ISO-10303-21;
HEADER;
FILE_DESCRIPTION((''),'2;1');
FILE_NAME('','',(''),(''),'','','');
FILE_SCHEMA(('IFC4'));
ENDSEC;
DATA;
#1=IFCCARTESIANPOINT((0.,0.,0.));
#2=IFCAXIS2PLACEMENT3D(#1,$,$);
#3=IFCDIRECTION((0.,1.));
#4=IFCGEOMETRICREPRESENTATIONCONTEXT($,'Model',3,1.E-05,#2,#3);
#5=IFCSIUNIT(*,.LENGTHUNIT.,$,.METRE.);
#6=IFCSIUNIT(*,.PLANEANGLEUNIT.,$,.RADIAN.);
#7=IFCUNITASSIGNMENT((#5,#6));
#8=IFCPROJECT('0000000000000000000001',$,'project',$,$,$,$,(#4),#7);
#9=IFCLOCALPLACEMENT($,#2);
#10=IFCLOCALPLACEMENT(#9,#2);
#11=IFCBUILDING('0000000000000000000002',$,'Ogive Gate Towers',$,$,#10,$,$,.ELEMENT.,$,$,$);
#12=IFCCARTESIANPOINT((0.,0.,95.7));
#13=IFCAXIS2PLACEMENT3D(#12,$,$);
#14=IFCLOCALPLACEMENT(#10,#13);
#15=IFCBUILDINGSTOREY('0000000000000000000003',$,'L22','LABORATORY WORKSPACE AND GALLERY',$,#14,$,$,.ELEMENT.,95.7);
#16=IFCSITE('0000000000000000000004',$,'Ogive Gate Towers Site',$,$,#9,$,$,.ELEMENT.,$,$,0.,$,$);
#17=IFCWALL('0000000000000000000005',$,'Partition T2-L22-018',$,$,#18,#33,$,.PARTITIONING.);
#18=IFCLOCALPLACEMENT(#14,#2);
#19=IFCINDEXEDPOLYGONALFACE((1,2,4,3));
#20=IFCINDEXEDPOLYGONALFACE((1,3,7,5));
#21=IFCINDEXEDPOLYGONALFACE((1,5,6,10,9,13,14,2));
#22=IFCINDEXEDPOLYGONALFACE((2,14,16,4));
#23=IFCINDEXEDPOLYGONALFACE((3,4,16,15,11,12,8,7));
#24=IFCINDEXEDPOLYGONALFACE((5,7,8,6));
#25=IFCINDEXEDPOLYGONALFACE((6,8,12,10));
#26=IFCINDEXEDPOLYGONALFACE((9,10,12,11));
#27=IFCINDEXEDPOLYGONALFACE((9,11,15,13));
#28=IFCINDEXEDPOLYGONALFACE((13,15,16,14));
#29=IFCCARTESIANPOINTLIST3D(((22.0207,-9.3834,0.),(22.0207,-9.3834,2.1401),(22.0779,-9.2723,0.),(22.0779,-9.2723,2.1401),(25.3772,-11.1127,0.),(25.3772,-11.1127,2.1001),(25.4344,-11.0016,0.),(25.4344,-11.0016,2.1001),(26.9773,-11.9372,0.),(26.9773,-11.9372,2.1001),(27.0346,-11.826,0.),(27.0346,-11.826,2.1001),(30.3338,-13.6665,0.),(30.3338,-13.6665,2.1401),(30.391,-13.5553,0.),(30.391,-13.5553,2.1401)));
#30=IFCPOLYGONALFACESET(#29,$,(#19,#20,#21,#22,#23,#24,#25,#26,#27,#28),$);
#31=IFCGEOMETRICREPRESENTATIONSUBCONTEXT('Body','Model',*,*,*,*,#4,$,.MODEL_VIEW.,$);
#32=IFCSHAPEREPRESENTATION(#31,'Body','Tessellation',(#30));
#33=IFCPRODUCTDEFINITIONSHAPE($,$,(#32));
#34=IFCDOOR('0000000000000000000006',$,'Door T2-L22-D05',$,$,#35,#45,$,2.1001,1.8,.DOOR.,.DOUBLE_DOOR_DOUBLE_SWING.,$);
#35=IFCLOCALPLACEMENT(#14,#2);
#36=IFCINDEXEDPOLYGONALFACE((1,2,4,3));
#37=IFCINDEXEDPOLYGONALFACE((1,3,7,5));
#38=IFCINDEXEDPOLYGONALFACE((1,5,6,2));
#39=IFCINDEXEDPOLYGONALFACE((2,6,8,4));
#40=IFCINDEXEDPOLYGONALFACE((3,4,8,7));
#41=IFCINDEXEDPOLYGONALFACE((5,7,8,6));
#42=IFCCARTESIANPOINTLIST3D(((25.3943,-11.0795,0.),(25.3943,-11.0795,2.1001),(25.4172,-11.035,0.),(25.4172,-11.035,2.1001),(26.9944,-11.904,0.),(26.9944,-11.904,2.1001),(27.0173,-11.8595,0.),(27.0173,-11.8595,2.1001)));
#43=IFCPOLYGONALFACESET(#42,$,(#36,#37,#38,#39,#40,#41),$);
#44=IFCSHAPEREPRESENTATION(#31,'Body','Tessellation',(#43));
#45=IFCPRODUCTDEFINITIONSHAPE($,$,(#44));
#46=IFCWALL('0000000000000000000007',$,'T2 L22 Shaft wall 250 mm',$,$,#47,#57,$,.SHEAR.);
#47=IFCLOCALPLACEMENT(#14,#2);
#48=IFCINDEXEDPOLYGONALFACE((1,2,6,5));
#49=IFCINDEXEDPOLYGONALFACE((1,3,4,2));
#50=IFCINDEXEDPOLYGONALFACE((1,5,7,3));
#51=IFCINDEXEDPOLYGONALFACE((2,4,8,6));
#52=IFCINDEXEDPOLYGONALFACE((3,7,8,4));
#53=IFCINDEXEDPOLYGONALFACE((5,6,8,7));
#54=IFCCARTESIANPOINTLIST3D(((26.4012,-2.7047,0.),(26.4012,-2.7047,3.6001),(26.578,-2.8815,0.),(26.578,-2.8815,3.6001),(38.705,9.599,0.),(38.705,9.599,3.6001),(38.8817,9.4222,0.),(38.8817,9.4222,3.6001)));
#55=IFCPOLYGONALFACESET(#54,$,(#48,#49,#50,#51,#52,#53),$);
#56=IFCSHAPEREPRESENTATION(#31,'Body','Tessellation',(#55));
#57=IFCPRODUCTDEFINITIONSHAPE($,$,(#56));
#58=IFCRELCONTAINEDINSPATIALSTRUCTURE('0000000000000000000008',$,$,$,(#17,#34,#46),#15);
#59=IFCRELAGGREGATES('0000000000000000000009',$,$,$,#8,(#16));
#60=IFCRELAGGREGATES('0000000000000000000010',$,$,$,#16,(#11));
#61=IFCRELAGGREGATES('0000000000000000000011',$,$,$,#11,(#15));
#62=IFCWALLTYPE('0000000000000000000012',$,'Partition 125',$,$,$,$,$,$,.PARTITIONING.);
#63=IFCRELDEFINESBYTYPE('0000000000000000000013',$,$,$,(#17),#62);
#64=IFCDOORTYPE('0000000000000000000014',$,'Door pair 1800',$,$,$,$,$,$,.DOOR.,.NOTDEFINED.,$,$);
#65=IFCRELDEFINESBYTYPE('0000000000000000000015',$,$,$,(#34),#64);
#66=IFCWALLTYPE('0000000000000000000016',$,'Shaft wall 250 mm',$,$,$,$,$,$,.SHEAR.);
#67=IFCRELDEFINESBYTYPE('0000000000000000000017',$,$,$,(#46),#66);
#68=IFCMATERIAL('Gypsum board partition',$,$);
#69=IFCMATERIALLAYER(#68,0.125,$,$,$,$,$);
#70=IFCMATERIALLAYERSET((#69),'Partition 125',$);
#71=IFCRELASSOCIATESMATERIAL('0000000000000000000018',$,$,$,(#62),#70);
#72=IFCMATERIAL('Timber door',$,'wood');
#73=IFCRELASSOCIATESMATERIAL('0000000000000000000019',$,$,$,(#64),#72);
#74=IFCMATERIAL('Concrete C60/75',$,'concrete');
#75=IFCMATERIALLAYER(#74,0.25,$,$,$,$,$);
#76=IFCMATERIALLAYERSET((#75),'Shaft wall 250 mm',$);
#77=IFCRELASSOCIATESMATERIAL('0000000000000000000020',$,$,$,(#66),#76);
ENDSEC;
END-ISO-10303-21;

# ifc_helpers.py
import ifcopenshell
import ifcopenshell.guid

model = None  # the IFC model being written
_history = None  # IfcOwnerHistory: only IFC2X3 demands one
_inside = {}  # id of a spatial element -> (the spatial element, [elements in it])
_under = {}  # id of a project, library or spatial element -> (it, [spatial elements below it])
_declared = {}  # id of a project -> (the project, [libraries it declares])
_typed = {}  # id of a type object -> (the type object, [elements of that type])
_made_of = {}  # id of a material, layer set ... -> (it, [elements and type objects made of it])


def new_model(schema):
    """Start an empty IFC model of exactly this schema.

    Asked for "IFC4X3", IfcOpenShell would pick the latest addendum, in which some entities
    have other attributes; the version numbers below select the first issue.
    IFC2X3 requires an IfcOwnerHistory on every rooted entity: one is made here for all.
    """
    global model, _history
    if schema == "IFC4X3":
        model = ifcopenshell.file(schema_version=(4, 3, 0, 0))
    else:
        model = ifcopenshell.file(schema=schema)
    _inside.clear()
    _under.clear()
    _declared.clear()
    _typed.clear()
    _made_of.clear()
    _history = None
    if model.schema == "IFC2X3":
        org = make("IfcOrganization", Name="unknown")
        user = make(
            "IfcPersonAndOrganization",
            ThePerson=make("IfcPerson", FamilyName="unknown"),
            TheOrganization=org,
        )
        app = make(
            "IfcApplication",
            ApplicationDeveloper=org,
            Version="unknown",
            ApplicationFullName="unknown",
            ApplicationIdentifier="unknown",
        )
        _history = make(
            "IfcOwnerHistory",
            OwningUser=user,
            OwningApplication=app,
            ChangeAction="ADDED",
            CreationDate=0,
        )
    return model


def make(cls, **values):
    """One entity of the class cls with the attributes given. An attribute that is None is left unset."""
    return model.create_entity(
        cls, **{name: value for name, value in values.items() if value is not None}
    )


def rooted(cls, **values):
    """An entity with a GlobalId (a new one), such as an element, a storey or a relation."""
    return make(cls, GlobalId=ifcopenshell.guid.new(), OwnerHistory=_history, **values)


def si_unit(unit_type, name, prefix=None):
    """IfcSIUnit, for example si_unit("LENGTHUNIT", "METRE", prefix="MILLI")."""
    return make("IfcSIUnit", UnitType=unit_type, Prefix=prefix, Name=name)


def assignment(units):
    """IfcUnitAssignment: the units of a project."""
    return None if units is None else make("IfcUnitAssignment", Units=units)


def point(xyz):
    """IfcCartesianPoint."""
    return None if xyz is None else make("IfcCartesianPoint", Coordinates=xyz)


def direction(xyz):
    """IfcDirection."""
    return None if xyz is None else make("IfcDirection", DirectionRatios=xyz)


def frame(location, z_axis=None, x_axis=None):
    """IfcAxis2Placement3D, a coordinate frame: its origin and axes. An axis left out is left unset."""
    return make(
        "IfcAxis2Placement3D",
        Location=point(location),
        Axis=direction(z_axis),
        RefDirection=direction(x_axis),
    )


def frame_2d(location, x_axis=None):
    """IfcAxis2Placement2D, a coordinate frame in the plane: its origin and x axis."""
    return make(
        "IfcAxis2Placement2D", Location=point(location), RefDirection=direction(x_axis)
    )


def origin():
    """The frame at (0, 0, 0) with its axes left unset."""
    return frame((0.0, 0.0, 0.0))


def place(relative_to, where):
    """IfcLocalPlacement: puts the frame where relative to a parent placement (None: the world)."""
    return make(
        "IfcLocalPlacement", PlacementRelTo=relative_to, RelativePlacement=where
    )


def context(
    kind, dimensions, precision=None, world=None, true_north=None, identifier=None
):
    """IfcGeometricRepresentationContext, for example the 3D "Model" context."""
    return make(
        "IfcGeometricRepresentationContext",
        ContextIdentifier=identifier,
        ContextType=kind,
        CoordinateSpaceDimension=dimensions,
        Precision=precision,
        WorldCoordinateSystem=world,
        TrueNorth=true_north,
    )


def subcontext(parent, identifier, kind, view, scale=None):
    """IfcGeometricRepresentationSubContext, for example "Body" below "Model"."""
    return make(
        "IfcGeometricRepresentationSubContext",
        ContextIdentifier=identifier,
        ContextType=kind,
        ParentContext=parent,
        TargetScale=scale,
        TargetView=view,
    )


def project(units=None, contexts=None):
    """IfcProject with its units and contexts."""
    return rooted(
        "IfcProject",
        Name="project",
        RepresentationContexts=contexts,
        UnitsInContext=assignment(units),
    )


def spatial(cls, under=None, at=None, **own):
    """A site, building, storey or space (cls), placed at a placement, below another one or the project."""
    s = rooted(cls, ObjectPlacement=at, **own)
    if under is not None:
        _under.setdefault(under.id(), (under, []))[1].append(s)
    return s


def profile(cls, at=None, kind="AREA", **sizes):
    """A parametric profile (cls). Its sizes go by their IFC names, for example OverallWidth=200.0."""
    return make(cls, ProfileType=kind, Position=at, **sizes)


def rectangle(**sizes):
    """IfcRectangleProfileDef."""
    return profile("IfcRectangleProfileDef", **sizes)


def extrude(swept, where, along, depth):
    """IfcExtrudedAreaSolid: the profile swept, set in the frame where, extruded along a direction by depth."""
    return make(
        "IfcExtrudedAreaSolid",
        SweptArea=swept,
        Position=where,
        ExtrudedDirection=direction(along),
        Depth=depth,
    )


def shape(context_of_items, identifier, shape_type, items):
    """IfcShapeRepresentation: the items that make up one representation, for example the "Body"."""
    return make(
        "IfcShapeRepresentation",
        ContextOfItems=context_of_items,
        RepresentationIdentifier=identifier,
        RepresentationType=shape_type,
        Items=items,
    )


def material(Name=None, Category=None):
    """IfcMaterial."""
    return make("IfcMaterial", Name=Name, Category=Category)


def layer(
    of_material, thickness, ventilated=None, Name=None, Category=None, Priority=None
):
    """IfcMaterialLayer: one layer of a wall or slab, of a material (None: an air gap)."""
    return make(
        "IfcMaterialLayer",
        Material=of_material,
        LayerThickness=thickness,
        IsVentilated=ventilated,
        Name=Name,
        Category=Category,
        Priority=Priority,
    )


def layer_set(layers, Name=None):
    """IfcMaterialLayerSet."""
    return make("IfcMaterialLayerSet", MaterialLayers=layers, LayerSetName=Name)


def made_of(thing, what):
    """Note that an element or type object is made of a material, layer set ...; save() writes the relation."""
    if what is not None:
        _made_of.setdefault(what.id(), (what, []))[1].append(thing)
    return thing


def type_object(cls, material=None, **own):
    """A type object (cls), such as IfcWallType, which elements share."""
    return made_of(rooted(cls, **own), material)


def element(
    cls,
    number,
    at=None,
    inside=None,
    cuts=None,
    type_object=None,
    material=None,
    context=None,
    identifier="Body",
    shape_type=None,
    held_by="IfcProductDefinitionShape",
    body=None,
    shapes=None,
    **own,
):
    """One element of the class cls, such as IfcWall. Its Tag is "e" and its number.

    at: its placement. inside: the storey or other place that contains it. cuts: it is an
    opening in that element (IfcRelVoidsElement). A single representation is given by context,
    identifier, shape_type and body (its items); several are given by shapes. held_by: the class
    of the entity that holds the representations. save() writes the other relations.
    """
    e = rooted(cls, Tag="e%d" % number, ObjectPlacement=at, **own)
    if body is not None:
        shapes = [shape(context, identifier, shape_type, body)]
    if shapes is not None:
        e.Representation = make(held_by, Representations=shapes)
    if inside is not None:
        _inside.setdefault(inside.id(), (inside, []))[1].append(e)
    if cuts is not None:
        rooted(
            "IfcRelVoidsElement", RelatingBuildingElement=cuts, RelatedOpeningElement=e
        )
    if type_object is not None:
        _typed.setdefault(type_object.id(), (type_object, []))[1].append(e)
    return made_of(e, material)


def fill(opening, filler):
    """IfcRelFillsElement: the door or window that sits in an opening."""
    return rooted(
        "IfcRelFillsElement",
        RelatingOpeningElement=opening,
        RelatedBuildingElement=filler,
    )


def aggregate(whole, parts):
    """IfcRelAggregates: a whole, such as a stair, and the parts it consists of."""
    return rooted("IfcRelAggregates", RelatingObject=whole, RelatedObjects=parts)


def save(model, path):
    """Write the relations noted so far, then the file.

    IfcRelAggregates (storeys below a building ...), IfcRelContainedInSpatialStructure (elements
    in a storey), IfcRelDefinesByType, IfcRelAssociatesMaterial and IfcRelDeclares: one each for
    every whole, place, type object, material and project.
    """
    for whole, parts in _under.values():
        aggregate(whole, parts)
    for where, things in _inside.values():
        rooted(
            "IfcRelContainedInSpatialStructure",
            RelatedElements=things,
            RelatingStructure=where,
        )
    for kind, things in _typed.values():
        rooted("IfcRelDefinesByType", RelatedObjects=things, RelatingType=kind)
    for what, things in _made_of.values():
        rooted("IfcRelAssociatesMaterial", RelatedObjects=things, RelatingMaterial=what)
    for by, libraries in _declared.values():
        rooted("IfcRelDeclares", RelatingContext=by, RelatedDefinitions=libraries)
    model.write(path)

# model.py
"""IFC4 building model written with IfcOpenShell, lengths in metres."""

from ifc_helpers import new_model, si_unit, direction, frame, frame_2d, origin, place, context, subcontext, project, spatial, rectangle, extrude, material, layer, layer_set, type_object, element, fill, save


model = new_model("IFC4")

# Units and contexts
model_context = context("Model", 3, precision=1e-05, world=origin(), true_north=direction((0.0, 1.0)))
body_context = subcontext(model_context, "Body", "Model", "MODEL_VIEW")
ifc_project = project(units=[si_unit("LENGTHUNIT", "METRE"), si_unit("PLANEANGLEUNIT", "RADIAN")], contexts=[model_context])

# Site, building, storey
site_placement = place(None, origin())
site = spatial("IfcSite", under=ifc_project, at=site_placement, Name="Ogive Gate Towers Site", CompositionType="ELEMENT", RefElevation=0.0)
building_placement = place(site_placement, origin())
building = spatial("IfcBuilding", under=site, at=building_placement, Name="Ogive Gate Towers", CompositionType="ELEMENT")
storey_placement = place(building_placement, frame((0.0, 0.0, 95.7)))
storey = spatial("IfcBuildingStorey", under=building, at=storey_placement, Name="L22", Description="LABORATORY WORKSPACE AND GALLERY", CompositionType="ELEMENT", Elevation=95.7)

# Shared definitions
ifc_material_1 = material(Name="Gypsum board partition")
ifc_layer_1 = layer(ifc_material_1, 0.125)
ifc_layer_set_1 = layer_set([ifc_layer_1], Name="Partition 125")
wall_type_1 = type_object("IfcWallType", Name="Partition 125", PredefinedType="PARTITIONING", material=ifc_layer_set_1)

# Wall, opening, door
wall_1_placement = place(storey_placement, frame((22.0493, -9.3279, 0.0), z_axis=(0.0, 0.0, 1.0), x_axis=(0.888952, -0.458, 0.0)))
wall_1 = element("IfcWall", 1, at=wall_1_placement, inside=storey, type_object=wall_type_1, Name="Partition T2-L22-018", PredefinedType="PARTITIONING", context=body_context, shape_type="SweptSolid", body=[
    extrude(rectangle(XDim=9.3516, YDim=0.125, at=frame_2d((4.6758, 0.0))), origin(), (0.0, 0.0, 1.0), 2.1401),
])
opening_placement = place(wall_1_placement, frame((3.7759, 0.0, 0.0)))
opening = element("IfcOpeningElement", 2, at=opening_placement, cuts=wall_1, PredefinedType="OPENING", context=body_context, shape_type="SweptSolid", body=[
    extrude(rectangle(XDim=1.8, YDim=2.1001, at=frame_2d((0.8999, 1.05))), frame((0.0, 0.0725, 0.0), z_axis=(0.0, -1.0, 0.0), x_axis=(1.0, 0.0, 0.0)), (0.0, 0.0, 1.0), 0.145),
])
ifc_material_2 = material(Name="Timber door", Category="wood")
door_type = type_object("IfcDoorType", Name="Door pair 1800", OperationType="NOTDEFINED", PredefinedType="DOOR", material=ifc_material_2)
door_placement = place(opening_placement, origin())
door = element("IfcDoor", 3, at=door_placement, inside=storey, type_object=door_type, Name="Door T2-L22-D05", OperationType="DOUBLE_DOOR_DOUBLE_SWING", OverallHeight=2.1001, OverallWidth=1.8, PredefinedType="DOOR", context=body_context, shape_type="SweptSolid", body=[
    extrude(rectangle(XDim=1.8, YDim=2.1001, at=frame_2d((0.8999, 1.05))), frame((0.0, 0.0249, 0.0), z_axis=(0.0, -1.0, 0.0), x_axis=(1.0, 0.0, 0.0)), (0.0, 0.0, 1.0), 0.05),
])
fill(opening, door)

# Wall
ifc_material_3 = material(Name="Concrete C60/75", Category="concrete")
ifc_layer_2 = layer(ifc_material_3, 0.25)
ifc_layer_set_2 = layer_set([ifc_layer_2], Name="Shaft wall 250 mm")
wall_type_2 = type_object("IfcWallType", Name="Shaft wall 250 mm", PredefinedType="SHEAR", material=ifc_layer_set_2)
wall_2_placement = place(storey_placement, frame((26.4895, -2.7932, 0.0), z_axis=(0.0, 0.0, 1.0), x_axis=(0.707107, 0.707107, 0.0)))
element("IfcWall", 4, at=wall_2_placement, inside=storey, type_object=wall_type_2, Name="T2 L22 Shaft wall 250 mm", PredefinedType="SHEAR", context=body_context, shape_type="SweptSolid", body=[
    extrude(rectangle(XDim=17.4001, YDim=0.25, at=frame_2d((8.7002, 0.0))), origin(), (0.0, 0.0, 1.0), 3.6001),
])

save(model, "model.ifc")
